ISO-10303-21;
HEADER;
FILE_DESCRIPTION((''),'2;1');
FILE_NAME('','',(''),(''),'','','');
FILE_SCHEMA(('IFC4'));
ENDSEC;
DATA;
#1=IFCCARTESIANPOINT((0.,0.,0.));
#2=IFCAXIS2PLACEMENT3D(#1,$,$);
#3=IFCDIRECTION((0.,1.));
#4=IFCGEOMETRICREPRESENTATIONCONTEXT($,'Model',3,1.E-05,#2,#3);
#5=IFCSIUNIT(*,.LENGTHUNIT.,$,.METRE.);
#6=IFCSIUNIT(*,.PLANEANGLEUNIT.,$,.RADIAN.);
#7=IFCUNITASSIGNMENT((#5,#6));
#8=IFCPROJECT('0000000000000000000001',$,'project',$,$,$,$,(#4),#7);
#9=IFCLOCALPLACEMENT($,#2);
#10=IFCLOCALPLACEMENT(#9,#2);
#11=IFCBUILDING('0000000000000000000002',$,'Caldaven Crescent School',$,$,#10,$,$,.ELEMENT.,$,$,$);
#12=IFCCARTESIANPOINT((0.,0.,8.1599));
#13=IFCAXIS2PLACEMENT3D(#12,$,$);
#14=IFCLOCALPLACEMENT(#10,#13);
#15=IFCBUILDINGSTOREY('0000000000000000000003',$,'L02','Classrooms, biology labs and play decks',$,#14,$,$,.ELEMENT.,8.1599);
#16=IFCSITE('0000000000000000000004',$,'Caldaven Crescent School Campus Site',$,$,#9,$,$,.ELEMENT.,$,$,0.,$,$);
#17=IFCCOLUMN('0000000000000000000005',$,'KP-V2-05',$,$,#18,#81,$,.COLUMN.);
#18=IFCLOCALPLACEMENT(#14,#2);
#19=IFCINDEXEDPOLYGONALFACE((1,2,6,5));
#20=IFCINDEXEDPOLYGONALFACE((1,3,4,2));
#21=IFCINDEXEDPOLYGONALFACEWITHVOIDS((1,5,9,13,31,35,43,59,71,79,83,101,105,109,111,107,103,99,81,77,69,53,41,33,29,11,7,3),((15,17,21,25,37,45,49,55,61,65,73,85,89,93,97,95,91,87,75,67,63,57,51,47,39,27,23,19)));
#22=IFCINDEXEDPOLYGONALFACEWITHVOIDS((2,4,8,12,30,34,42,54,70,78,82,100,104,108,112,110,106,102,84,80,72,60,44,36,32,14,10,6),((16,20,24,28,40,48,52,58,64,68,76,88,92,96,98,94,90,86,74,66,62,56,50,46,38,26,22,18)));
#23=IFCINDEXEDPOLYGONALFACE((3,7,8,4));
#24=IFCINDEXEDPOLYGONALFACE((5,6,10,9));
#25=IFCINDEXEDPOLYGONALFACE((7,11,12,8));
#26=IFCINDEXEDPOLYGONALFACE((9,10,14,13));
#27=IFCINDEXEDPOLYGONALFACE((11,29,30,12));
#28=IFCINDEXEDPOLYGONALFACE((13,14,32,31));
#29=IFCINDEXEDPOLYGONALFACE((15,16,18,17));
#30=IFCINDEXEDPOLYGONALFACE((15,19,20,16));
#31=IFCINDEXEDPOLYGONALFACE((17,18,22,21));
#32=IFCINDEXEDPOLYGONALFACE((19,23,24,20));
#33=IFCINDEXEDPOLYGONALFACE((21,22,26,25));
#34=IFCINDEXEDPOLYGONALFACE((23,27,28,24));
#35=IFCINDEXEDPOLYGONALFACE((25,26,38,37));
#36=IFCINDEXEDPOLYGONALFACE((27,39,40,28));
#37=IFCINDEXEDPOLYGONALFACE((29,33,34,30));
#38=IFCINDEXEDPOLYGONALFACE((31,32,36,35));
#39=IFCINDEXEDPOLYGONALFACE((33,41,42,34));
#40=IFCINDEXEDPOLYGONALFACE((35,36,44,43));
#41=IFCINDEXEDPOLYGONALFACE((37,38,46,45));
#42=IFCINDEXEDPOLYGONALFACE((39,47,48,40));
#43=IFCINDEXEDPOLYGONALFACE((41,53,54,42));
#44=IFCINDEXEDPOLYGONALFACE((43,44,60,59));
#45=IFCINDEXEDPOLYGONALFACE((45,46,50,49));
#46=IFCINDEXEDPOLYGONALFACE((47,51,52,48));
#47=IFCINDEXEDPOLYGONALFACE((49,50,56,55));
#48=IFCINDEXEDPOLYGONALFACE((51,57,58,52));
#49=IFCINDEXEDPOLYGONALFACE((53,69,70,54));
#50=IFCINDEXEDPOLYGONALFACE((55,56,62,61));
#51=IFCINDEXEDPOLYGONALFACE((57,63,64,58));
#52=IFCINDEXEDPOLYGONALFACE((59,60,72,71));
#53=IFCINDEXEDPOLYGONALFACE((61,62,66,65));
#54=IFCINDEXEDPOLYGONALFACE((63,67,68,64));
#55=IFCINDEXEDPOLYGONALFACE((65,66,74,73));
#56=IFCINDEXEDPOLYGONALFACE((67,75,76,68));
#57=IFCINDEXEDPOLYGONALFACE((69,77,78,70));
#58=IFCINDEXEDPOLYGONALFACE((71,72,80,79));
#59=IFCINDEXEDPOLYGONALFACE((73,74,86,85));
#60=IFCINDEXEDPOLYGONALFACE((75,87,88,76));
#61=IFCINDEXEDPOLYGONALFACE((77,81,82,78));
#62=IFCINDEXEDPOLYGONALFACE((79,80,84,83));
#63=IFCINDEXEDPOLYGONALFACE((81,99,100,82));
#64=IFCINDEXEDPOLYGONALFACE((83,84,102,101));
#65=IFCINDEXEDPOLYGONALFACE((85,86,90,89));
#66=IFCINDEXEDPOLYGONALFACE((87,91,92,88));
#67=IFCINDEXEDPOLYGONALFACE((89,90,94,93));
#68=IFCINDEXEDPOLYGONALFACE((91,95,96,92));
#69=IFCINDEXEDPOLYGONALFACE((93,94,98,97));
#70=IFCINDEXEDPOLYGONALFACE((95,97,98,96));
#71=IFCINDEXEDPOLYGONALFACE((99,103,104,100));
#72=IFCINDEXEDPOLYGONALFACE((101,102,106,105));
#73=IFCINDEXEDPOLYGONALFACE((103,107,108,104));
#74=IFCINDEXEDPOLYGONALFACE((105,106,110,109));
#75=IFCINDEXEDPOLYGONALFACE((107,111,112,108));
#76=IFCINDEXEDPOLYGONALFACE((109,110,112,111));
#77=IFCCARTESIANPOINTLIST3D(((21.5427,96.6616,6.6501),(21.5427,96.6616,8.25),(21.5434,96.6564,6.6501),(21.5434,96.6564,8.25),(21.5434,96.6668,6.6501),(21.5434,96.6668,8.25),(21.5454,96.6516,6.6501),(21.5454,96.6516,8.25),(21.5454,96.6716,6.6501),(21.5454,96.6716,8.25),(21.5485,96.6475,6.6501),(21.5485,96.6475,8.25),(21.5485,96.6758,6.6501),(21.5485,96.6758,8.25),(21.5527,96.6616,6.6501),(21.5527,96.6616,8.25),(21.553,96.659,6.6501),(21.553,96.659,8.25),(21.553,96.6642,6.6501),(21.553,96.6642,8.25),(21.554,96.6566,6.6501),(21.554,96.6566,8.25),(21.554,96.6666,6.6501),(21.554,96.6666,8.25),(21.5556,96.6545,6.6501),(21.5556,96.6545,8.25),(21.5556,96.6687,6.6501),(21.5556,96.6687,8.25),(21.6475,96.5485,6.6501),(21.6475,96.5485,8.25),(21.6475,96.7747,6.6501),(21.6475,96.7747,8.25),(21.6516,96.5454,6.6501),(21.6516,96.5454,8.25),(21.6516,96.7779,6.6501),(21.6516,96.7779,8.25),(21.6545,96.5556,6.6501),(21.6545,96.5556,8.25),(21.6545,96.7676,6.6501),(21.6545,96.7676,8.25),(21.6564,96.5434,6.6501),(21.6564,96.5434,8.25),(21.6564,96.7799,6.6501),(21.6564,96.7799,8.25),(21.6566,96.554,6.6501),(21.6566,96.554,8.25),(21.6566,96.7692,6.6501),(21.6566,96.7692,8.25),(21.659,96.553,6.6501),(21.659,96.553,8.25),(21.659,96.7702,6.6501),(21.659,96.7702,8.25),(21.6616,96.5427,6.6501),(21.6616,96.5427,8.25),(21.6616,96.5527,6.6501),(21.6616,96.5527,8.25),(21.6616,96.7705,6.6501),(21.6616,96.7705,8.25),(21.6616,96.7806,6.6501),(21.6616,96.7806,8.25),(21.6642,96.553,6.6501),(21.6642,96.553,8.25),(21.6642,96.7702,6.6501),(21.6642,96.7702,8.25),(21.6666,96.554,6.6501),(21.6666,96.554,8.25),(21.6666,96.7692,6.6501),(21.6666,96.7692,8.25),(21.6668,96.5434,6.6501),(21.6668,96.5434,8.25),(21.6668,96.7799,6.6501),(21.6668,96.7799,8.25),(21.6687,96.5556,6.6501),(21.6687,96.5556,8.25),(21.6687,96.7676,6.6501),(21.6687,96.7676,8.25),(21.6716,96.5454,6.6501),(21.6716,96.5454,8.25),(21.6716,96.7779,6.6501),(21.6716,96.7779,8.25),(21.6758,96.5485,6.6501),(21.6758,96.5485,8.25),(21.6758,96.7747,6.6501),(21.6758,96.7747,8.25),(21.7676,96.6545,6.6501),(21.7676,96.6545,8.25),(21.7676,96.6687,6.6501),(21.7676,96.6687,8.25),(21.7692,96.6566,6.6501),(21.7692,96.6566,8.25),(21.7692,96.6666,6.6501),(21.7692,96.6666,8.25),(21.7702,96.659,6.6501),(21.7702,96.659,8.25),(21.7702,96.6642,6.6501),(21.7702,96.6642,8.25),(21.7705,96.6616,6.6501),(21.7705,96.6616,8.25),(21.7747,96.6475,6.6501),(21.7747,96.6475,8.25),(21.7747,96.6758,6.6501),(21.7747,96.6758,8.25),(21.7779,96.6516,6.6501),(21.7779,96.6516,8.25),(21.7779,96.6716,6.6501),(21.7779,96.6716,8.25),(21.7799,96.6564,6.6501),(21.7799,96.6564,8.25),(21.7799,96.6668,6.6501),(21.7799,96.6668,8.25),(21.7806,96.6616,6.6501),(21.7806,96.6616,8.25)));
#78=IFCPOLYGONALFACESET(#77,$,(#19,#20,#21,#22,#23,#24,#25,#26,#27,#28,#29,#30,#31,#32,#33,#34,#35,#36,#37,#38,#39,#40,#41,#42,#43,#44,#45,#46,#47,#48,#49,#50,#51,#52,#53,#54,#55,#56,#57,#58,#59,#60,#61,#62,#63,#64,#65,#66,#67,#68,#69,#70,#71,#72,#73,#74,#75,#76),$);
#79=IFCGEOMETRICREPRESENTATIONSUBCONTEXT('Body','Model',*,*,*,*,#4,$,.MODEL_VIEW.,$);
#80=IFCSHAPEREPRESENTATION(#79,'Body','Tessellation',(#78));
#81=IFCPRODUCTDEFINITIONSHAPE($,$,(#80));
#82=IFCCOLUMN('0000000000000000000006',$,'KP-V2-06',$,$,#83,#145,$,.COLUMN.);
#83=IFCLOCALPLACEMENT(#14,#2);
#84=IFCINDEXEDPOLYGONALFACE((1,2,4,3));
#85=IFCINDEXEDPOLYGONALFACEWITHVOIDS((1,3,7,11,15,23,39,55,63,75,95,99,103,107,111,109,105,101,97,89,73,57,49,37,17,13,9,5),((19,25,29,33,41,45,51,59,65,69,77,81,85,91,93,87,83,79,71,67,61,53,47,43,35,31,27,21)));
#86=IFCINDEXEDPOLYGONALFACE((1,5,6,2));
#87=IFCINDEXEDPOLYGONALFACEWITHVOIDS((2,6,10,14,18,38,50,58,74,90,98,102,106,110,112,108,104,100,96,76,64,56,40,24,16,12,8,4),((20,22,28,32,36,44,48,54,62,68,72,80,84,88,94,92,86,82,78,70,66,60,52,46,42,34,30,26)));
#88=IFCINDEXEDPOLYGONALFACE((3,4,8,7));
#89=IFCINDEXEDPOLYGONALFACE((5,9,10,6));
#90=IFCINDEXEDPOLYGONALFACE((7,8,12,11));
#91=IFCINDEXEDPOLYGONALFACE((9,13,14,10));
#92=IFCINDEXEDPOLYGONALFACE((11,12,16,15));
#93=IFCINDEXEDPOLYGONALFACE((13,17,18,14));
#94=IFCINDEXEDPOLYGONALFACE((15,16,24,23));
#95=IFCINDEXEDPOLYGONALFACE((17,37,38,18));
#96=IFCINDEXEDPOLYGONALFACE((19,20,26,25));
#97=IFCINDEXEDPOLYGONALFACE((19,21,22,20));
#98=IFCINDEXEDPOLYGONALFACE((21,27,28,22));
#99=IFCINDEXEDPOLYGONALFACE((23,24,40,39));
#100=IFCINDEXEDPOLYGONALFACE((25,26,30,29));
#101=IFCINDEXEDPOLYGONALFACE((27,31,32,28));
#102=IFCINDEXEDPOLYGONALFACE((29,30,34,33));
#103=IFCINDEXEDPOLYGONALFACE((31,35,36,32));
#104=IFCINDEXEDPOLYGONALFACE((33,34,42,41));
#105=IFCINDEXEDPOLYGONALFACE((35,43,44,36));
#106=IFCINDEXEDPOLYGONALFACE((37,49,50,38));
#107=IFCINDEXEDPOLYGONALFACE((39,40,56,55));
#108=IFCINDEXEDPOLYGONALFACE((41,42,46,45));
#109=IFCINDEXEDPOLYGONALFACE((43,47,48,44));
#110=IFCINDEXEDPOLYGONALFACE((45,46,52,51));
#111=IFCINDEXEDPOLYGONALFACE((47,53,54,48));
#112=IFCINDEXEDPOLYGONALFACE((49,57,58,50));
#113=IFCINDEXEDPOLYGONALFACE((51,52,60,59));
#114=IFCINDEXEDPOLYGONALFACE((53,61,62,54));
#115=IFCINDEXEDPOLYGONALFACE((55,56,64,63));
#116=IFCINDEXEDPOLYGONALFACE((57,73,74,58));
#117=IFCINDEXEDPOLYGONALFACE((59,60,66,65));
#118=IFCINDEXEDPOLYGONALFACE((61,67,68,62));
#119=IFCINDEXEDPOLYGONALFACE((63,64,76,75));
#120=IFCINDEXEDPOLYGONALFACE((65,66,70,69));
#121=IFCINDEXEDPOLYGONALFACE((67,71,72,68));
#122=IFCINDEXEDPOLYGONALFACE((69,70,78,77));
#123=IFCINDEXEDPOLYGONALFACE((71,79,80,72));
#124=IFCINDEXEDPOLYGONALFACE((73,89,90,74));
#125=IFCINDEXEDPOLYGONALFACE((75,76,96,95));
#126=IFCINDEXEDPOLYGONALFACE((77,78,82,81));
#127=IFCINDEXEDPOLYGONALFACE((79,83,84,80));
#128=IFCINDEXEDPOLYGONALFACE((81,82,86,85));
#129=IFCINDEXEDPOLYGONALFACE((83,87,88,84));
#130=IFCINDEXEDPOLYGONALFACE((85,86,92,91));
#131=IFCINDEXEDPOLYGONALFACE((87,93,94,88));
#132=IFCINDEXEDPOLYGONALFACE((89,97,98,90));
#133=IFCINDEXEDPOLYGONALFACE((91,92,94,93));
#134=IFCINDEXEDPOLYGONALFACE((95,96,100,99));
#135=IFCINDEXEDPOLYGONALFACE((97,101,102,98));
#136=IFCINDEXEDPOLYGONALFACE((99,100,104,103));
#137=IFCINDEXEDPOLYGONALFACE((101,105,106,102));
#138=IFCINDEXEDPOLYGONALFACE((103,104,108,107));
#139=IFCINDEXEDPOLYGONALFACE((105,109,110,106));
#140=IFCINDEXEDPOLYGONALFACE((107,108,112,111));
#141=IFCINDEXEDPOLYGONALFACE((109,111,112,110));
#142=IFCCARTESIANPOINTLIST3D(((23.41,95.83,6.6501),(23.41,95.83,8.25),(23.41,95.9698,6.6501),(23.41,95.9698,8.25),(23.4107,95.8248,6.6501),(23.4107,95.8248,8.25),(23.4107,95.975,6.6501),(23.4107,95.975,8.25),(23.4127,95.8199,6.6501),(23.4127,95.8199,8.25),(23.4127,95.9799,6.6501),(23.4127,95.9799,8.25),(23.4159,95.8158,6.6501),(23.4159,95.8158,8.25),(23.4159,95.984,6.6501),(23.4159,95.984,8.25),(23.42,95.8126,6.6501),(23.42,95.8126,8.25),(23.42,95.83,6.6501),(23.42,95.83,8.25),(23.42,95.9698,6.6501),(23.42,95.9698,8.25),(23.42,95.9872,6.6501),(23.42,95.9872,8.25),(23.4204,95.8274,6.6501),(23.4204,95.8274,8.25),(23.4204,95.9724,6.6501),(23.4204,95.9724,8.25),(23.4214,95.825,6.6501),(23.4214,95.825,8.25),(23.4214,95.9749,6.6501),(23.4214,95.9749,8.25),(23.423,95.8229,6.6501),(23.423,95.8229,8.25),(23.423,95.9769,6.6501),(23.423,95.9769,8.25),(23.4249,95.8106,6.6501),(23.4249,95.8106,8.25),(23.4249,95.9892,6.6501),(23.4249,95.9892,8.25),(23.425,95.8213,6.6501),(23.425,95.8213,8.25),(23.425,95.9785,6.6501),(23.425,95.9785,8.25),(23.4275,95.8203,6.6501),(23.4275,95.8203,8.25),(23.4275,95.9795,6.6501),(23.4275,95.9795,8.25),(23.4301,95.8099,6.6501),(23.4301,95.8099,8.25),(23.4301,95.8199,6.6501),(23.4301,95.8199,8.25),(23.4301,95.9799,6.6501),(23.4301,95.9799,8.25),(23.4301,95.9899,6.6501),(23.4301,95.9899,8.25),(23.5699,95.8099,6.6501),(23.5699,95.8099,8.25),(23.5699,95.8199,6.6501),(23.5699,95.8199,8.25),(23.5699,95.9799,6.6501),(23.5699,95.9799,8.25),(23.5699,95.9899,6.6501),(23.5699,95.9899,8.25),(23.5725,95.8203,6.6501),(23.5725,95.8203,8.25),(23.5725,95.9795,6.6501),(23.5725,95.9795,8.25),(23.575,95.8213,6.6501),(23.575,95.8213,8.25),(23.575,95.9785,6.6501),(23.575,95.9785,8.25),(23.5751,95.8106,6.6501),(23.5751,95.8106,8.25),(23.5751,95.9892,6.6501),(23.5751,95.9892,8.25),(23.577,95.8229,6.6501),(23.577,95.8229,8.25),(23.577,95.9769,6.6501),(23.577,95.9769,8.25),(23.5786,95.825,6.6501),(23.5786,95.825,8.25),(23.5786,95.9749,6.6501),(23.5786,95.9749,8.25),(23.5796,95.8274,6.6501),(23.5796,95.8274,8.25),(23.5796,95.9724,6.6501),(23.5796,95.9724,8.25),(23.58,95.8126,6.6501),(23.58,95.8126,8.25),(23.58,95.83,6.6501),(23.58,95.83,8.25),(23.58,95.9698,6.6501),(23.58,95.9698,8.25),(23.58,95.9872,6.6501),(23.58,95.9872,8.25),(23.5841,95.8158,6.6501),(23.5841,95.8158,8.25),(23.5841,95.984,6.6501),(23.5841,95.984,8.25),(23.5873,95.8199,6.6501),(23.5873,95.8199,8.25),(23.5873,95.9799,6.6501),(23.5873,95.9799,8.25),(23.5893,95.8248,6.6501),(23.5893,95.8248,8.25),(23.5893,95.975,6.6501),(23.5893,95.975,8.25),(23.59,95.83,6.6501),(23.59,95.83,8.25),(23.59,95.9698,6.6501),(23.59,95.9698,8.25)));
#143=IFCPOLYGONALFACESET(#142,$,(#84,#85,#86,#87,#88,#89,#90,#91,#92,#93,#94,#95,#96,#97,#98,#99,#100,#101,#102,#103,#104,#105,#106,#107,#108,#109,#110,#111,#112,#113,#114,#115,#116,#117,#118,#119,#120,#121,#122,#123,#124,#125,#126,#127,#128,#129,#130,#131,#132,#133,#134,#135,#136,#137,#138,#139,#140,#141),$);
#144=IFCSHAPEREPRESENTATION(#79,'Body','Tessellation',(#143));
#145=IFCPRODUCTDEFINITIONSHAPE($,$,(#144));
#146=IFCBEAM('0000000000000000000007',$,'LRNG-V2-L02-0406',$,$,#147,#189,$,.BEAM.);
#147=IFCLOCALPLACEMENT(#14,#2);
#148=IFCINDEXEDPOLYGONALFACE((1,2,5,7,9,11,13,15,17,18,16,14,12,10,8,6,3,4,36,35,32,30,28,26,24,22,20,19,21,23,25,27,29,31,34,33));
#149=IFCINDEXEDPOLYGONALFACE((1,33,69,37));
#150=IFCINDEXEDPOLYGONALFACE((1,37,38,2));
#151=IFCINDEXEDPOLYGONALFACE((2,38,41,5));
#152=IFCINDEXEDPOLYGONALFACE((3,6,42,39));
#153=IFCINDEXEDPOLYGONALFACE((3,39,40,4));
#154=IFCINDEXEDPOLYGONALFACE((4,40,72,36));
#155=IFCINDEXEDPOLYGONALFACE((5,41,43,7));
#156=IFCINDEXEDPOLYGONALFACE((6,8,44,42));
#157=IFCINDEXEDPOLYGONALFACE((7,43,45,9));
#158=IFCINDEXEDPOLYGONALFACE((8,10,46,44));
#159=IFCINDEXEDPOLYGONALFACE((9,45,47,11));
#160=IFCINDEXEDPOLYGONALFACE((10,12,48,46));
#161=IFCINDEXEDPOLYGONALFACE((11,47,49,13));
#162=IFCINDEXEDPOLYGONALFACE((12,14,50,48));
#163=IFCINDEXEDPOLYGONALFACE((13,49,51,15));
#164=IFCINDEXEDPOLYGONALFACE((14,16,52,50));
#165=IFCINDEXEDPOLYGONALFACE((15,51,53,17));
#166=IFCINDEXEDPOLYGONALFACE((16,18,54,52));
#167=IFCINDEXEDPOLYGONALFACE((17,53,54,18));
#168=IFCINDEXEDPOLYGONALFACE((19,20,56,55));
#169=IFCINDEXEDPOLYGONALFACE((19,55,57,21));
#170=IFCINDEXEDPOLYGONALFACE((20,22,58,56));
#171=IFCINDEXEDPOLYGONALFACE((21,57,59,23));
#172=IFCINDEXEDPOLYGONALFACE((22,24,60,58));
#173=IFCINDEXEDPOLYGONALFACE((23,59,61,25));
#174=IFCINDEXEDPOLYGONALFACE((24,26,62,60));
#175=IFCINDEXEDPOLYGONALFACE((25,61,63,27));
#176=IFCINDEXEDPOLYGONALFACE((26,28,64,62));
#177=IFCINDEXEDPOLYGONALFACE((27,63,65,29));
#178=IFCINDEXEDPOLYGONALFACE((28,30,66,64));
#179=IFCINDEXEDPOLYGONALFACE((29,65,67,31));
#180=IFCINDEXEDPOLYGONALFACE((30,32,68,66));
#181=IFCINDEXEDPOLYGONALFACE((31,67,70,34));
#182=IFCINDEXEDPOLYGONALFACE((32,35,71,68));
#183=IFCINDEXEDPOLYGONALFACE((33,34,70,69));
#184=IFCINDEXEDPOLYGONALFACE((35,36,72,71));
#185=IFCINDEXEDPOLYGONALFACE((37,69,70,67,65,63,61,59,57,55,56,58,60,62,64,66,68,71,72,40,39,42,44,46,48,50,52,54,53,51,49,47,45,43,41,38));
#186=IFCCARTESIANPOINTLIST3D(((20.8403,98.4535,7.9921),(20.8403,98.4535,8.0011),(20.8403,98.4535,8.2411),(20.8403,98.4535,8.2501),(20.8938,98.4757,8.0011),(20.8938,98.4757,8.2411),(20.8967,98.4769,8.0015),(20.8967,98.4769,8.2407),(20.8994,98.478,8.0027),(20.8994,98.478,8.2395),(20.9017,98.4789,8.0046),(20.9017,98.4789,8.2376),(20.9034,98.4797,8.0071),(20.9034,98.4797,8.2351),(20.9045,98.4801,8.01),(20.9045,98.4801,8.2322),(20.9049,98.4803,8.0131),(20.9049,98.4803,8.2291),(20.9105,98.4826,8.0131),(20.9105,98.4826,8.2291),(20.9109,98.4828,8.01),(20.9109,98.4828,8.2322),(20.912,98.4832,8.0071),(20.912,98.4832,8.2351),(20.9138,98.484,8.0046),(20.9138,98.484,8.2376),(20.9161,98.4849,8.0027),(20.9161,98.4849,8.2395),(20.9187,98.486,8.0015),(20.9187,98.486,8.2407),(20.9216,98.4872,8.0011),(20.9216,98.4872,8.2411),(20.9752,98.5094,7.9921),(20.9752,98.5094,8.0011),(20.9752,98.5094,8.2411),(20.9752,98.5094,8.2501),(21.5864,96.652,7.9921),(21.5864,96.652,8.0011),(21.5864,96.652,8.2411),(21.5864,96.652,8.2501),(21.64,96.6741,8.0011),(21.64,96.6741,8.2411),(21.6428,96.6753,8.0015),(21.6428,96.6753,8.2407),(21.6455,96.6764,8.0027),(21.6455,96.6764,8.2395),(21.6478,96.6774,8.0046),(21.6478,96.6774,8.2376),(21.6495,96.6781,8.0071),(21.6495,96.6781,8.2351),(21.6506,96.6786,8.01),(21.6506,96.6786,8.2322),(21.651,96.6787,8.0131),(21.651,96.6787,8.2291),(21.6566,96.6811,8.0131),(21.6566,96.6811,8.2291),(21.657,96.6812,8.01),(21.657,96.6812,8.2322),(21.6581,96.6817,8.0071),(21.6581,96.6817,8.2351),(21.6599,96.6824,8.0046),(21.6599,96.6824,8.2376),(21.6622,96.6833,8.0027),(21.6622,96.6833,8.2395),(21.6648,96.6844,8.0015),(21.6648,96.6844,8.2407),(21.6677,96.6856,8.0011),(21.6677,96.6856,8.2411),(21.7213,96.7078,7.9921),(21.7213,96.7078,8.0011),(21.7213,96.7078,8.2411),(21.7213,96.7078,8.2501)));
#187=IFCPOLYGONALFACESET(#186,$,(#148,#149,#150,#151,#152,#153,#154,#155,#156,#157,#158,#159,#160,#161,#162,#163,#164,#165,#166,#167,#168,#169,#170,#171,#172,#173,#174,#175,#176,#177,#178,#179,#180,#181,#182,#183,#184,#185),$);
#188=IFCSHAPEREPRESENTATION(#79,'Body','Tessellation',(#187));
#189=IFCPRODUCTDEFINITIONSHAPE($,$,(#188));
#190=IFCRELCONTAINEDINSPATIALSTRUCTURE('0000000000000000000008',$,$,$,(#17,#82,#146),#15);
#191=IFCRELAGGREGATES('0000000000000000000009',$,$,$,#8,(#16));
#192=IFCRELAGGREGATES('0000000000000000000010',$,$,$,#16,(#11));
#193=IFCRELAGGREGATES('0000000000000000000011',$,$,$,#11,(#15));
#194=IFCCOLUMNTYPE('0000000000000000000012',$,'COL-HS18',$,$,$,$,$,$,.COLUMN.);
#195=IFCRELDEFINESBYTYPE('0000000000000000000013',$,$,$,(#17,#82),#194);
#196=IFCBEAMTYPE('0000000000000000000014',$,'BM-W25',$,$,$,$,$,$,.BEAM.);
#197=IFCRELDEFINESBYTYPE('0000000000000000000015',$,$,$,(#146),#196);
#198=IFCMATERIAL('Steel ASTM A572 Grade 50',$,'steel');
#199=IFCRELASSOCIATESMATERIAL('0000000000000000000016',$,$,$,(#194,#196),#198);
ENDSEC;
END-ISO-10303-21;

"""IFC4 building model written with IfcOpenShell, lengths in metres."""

from ifc_helpers import new_model, si_unit, direction, frame, origin, origin_2d, place, context, subcontext, project, spatial, hollow_rectangle, i_section, extrude, material, material_profile, profile_set, type_object, element, save


model = new_model("IFC4")

# Units and contexts
model_context = context("Model", 3, precision=1e-05, world=origin(), true_north=direction((0.0, 1.0)))
body_context = subcontext(model_context, "Body", "Model", "MODEL_VIEW")
ifc_project = project(units=[si_unit("LENGTHUNIT", "METRE"), si_unit("PLANEANGLEUNIT", "RADIAN")], contexts=[model_context])

# Site, building, storey
site_placement = place(None, origin())
site = spatial("IfcSite", under=ifc_project, at=site_placement, Name="Caldaven Crescent School Campus Site", CompositionType="ELEMENT", RefElevation=0.0)
building_placement = place(site_placement, origin())
building = spatial("IfcBuilding", under=site, at=building_placement, Name="Caldaven Crescent School", CompositionType="ELEMENT")
storey_placement = place(building_placement, frame((0.0, 0.0, 8.1599)))
storey = spatial("IfcBuildingStorey", under=building, at=storey_placement, Name="L02", Description="Classrooms, biology labs and play decks", CompositionType="ELEMENT", Elevation=8.1599)

# Columns
ifc_material_1 = material(Name="Steel ASTM A572 Grade 50", Category="steel")
ifc_material_profile_1 = material_profile(ifc_material_1, hollow_rectangle(XDim=0.1799, YDim=0.1799, WallThickness=0.01, InnerFilletRadius=0.01, OuterFilletRadius=0.02, at=origin_2d()), Name="HSS 180x180x10")
ifc_profile_set_1 = profile_set([ifc_material_profile_1], Name="Steel ASTM A572 Grade 50")
column_type = type_object("IfcColumnType", Name="COL-HS18", PredefinedType="COLUMN", material=ifc_profile_set_1)
for number, where, z_axis, x_axis, name in (
    (1, (21.6616, 96.6616, 6.6501), (0.0, 0.0, 1.0), (-0.707107, -0.707107, 0.0), "KP-V2-05"),
    (2, (23.5, 95.8999, 6.6501), (0.0, 0.0, 1.0), (0.0, -1.0, 0.0), "KP-V2-06"),
):
    element("IfcColumn", number, at=place(storey_placement, frame(where, z_axis=z_axis, x_axis=x_axis)), inside=storey, type_object=column_type, Name=name, PredefinedType="COLUMN", context=body_context, shape_type="SweptSolid", body=[
        extrude(hollow_rectangle(XDim=0.1799, YDim=0.1799, WallThickness=0.01, InnerFilletRadius=0.01, OuterFilletRadius=0.02, at=origin_2d()), origin(), (0.0, 0.0, 1.0), 1.5999),
    ])

# Beam
ifc_material_profile_2 = material_profile(ifc_material_1, i_section(OverallWidth=0.146, OverallDepth=0.2581, WebThickness=0.0061, FlangeThickness=0.009, FilletRadius=0.012, at=origin_2d()), Name="W250x33")
ifc_profile_set_2 = profile_set([ifc_material_profile_2], Name="Steel ASTM A572 Grade 50")
beam_type_1 = type_object("IfcBeamType", Name="BM-W25", PredefinedType="BEAM", material=ifc_profile_set_2)
for number, where, z_axis, x_axis, name in (
    (3, (20.9077, 98.4814, 8.1211), (0.382632, -0.923901, 0.0), (0.923901, 0.382632, 0.0), "LRNG-V2-L02-0406"),
):
    element("IfcBeam", number, at=place(storey_placement, frame(where, z_axis=z_axis, x_axis=x_axis)), inside=storey, type_object=beam_type_1, Name=name, PredefinedType="BEAM", context=body_context, shape_type="SweptSolid", body=[
        extrude(i_section(OverallWidth=0.146, OverallDepth=0.2581, WebThickness=0.0061, FlangeThickness=0.009, FilletRadius=0.012, at=origin_2d()), origin(), (0.0, 0.0, 1.0), 1.95),
    ])

save(model, "model.ifc")
